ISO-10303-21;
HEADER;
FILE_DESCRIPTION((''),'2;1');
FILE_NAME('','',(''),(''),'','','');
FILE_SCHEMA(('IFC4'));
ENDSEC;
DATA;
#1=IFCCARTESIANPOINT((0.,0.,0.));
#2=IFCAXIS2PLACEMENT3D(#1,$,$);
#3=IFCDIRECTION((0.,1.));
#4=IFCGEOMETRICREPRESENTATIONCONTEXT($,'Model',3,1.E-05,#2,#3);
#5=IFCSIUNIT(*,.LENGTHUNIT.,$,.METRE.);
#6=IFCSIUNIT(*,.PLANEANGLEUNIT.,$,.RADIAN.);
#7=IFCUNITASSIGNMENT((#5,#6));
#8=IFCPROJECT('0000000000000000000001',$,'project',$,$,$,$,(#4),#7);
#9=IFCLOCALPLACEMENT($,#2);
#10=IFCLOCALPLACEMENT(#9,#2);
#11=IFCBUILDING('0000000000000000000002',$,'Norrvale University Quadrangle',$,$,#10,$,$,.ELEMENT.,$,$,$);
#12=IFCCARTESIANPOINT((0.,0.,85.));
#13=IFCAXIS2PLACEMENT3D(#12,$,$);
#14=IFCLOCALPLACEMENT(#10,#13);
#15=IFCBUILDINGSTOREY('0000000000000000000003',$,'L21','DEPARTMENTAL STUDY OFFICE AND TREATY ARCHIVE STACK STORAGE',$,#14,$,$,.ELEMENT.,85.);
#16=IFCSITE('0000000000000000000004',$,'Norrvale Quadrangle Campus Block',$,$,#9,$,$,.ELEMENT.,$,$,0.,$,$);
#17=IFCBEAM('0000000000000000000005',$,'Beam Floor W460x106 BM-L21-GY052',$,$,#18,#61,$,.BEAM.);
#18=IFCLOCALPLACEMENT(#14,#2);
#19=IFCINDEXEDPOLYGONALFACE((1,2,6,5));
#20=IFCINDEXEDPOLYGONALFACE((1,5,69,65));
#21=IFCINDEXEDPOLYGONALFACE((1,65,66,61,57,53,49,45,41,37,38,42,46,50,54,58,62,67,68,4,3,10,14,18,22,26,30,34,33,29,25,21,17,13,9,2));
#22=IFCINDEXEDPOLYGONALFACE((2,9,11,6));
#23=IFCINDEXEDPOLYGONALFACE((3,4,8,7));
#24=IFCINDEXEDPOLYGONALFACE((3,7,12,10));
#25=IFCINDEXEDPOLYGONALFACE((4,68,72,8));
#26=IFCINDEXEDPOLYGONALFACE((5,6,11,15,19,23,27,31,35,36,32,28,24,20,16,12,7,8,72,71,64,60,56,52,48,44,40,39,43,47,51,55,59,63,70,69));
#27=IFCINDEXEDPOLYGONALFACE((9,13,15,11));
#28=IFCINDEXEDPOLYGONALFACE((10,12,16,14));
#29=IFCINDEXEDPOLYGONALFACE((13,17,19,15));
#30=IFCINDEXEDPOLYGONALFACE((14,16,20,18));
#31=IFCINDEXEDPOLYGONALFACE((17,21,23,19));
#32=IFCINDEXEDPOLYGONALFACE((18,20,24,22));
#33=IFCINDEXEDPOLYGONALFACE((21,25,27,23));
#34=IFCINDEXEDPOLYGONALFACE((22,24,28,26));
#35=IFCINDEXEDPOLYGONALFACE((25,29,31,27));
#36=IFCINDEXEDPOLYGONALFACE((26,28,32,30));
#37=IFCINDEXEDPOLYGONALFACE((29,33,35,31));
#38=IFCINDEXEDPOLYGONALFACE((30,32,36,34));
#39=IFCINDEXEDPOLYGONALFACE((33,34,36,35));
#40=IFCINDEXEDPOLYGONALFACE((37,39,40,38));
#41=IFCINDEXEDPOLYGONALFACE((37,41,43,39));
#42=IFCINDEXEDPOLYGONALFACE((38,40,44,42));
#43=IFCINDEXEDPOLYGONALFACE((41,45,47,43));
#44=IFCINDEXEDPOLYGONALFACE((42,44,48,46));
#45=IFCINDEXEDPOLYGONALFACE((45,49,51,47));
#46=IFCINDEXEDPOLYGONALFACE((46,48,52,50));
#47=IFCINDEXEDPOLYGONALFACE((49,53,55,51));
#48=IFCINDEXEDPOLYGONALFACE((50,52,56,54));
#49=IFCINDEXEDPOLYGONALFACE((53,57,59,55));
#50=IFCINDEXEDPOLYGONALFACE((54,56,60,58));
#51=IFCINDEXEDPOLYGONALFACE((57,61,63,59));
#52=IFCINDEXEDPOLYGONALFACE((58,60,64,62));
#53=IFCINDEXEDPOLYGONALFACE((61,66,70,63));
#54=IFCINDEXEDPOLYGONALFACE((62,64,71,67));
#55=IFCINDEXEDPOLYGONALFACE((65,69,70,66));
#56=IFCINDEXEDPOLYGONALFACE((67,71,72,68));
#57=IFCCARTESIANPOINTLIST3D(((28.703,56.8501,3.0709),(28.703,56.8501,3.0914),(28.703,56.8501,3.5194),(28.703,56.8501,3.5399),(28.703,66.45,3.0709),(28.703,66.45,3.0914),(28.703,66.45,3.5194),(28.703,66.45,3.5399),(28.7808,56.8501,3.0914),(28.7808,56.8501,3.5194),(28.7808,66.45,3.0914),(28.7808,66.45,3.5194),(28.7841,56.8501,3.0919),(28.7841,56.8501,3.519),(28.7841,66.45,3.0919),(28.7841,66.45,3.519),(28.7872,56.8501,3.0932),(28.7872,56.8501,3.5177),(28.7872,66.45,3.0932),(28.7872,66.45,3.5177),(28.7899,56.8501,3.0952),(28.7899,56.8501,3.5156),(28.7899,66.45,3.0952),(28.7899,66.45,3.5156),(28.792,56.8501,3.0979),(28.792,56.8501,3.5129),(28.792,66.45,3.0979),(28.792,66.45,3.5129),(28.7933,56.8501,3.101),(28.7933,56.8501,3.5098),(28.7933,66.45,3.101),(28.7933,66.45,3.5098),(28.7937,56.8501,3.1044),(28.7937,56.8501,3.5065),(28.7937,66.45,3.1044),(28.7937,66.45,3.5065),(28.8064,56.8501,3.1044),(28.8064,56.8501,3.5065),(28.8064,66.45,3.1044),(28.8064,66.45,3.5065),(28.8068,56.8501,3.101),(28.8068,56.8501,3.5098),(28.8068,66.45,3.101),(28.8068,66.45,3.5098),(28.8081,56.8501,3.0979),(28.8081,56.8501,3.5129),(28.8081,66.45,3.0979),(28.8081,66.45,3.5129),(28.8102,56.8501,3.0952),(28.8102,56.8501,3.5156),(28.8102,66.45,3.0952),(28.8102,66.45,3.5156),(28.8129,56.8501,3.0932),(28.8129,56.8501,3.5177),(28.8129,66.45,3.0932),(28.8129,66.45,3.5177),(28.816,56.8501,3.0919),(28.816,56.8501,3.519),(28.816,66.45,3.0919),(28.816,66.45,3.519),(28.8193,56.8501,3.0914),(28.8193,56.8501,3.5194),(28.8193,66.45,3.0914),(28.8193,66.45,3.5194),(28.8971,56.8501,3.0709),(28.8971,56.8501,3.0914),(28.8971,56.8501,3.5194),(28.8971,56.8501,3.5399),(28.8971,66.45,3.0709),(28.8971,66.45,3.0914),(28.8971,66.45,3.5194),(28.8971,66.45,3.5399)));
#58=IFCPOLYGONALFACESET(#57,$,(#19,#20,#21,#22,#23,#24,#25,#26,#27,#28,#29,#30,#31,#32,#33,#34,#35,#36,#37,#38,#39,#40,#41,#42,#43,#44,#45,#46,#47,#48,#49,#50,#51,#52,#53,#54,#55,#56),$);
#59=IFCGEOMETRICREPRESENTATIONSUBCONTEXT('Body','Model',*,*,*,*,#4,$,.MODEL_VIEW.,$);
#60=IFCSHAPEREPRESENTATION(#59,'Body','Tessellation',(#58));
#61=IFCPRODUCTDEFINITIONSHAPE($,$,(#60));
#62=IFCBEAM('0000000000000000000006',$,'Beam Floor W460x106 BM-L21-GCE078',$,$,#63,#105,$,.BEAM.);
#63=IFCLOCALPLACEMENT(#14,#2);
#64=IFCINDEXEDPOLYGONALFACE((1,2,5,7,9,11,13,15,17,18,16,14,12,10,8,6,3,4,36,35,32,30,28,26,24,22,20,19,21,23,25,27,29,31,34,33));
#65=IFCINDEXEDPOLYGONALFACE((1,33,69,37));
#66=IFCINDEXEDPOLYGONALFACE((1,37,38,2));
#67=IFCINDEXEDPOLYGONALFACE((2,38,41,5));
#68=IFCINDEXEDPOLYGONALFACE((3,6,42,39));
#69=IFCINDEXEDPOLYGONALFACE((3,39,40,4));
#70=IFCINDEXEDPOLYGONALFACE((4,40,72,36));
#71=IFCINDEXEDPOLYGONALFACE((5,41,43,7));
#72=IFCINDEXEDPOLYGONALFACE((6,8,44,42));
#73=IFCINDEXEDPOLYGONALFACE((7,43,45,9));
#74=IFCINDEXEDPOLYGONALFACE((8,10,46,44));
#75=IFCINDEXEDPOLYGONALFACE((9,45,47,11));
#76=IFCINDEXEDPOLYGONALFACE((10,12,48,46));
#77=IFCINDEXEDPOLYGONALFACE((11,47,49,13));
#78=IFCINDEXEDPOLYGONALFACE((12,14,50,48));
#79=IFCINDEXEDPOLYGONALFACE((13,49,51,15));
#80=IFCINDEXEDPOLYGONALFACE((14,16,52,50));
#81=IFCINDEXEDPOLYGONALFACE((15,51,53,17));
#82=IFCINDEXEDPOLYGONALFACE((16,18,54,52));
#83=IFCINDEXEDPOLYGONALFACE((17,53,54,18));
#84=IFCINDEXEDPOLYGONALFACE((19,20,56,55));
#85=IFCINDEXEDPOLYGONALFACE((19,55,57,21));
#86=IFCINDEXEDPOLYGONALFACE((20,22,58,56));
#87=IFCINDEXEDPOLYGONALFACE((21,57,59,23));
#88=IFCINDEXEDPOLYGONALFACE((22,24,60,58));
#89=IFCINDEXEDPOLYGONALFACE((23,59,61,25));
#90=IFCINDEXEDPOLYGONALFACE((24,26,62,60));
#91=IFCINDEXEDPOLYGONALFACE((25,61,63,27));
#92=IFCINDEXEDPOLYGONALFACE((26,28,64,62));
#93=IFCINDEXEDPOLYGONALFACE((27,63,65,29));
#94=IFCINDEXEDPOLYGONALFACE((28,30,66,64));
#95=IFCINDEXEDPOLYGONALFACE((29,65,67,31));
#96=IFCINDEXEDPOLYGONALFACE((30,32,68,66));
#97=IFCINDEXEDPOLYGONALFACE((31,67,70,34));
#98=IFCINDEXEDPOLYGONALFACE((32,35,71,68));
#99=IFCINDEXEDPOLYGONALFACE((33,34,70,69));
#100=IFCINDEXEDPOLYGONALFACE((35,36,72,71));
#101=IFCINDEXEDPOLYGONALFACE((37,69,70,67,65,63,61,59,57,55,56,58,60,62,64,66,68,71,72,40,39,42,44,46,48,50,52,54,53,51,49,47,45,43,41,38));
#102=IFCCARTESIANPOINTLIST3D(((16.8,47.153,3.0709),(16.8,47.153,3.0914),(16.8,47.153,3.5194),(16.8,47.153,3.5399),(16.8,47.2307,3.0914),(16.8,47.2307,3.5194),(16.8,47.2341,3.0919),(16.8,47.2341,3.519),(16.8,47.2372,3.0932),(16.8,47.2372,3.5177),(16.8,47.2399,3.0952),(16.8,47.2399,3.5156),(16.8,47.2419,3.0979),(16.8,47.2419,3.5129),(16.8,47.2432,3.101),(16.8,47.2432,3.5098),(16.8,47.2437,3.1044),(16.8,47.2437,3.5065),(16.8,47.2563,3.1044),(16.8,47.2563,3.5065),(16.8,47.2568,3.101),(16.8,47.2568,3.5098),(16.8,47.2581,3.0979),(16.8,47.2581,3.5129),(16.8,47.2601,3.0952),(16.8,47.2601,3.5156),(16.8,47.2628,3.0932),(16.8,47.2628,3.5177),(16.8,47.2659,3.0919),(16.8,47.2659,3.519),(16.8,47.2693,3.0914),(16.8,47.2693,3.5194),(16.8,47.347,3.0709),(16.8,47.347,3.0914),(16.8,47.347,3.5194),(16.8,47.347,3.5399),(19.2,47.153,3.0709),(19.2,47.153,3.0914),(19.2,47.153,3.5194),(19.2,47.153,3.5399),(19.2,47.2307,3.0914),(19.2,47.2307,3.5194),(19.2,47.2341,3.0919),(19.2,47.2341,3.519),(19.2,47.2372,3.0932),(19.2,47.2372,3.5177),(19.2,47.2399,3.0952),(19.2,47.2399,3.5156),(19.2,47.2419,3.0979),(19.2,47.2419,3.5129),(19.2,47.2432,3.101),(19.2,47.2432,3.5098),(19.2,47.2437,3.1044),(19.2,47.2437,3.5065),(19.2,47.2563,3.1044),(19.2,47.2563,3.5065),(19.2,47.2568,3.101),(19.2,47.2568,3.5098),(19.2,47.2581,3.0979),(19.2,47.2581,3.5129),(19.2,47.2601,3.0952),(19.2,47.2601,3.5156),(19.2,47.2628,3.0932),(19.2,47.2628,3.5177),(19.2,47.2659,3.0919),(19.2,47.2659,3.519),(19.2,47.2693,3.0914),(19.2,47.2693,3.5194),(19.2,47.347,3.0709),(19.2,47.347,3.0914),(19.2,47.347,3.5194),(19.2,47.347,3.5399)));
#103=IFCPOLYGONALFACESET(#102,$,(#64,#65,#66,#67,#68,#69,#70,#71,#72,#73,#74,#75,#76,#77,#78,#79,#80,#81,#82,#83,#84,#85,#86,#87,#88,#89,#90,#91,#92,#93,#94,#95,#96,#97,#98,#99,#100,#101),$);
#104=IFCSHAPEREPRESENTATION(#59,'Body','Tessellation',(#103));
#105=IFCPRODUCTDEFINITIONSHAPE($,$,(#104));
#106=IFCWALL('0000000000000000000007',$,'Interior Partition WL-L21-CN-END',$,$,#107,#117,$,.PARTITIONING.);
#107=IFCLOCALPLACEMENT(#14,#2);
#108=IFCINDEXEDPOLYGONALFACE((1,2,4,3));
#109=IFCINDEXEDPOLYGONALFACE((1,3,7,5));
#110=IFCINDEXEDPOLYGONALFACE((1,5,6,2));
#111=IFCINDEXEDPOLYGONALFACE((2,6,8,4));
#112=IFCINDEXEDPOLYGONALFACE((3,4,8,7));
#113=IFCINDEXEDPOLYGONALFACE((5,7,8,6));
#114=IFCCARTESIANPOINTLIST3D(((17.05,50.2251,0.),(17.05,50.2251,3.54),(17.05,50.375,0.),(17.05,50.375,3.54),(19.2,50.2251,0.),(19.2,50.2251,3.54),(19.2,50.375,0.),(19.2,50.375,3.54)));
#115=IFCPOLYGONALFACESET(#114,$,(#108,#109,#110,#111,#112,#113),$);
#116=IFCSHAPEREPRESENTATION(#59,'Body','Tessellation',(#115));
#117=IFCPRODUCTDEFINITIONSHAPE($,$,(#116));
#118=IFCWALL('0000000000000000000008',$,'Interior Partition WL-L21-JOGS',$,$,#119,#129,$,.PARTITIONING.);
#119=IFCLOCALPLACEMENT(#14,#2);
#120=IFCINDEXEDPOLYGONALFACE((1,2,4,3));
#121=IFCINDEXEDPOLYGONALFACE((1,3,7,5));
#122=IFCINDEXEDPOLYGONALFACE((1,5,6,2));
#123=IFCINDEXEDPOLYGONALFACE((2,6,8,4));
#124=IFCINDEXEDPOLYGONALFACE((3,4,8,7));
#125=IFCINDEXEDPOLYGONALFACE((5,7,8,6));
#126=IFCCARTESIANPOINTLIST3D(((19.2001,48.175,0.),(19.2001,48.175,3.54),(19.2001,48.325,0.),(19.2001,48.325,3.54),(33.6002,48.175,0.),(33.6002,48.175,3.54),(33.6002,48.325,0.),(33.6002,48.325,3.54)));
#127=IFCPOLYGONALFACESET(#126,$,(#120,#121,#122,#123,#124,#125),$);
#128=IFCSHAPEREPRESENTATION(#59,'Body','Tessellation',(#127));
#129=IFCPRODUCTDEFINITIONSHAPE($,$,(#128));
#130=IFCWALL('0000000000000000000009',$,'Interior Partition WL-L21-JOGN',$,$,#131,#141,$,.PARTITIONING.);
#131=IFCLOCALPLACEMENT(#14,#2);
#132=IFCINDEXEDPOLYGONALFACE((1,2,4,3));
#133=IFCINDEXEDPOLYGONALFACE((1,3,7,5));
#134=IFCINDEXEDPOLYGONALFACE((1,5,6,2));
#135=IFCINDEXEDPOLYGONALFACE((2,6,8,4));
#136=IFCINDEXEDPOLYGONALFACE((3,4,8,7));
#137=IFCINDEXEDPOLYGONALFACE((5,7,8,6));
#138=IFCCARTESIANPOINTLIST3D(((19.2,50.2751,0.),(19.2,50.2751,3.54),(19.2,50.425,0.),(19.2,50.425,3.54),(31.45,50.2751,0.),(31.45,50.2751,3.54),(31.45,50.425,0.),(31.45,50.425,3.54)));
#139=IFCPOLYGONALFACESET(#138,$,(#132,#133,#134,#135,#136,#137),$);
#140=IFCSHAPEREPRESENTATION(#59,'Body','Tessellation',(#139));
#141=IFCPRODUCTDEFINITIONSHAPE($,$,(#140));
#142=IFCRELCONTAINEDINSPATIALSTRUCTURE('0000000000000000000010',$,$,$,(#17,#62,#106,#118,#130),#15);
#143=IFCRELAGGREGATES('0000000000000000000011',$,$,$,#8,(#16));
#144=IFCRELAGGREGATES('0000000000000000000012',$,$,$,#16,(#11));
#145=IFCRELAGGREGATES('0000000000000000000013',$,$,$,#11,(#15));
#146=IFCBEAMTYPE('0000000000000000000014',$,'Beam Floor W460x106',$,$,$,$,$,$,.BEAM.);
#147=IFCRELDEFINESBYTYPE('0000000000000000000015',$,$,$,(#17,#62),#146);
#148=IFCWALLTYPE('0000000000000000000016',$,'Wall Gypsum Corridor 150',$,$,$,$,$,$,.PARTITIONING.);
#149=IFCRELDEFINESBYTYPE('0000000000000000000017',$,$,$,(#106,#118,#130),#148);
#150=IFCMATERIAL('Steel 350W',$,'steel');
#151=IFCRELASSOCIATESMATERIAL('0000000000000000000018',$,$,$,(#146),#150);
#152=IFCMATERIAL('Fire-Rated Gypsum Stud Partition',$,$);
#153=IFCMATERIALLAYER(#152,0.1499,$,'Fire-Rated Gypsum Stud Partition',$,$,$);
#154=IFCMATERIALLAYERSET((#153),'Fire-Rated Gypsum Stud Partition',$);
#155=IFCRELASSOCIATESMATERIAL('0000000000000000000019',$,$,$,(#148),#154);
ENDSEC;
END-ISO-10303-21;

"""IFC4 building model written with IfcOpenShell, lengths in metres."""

from ifc_helpers import new_model, si_unit, direction, frame, frame_2d, origin, origin_2d, place, context, subcontext, project, spatial, rectangle, i_section, extrude, material, layer, layer_set, material_profile, profile_set, type_object, element, save


model = new_model("IFC4")

# Units and contexts
model_context = context("Model", 3, precision=1e-05, world=origin(), true_north=direction((0.0, 1.0)))
body_context = subcontext(model_context, "Body", "Model", "MODEL_VIEW")
ifc_project = project(units=[si_unit("LENGTHUNIT", "METRE"), si_unit("PLANEANGLEUNIT", "RADIAN")], contexts=[model_context])

# Site, building, storey
site_placement = place(None, origin())
site = spatial("IfcSite", under=ifc_project, at=site_placement, Name="Norrvale Quadrangle Campus Block", CompositionType="ELEMENT", RefElevation=0.0)
building_placement = place(site_placement, origin())
building = spatial("IfcBuilding", under=site, at=building_placement, Name="Norrvale University Quadrangle", CompositionType="ELEMENT")
storey_placement = place(building_placement, frame((0.0, 0.0, 85.0)))
storey = spatial("IfcBuildingStorey", under=building, at=storey_placement, Name="L21", Description="DEPARTMENTAL STUDY OFFICE AND TREATY ARCHIVE STACK STORAGE", CompositionType="ELEMENT", Elevation=85.0)

# Beams
ifc_material_1 = material(Name="Steel 350W", Category="steel")
ifc_material_profile_1 = material_profile(ifc_material_1, i_section(OverallWidth=0.1941, OverallDepth=0.469, WebThickness=0.0127, FlangeThickness=0.0205, FilletRadius=0.0129, at=origin_2d()), Name="Steel 350W")
ifc_profile_set_1 = profile_set([ifc_material_profile_1], Name="Steel 350W")
beam_type_1 = type_object("IfcBeamType", Name="Beam Floor W460x106", PredefinedType="BEAM", material=ifc_profile_set_1)
beam_1_placement = place(storey_placement, frame((28.8, 56.8501, 3.3054), z_axis=(0.0, 1.0, 0.0), x_axis=(-1.0, 0.0, 0.0)))
element("IfcBeam", 1, at=beam_1_placement, inside=storey, type_object=beam_type_1, Name="Beam Floor W460x106 BM-L21-GY052", PredefinedType="BEAM", context=body_context, shape_type="SweptSolid", body=[
    extrude(i_section(OverallWidth=0.1941, OverallDepth=0.469, WebThickness=0.0127, FlangeThickness=0.0205, FilletRadius=0.0129, at=origin_2d()), origin(), (0.0, 0.0, 1.0), 9.5999),
])
beam_2_placement = place(storey_placement, frame((16.8, 47.25, 3.3054), z_axis=(1.0, 0.0, 0.0), x_axis=(0.0, 1.0, 0.0)))
element("IfcBeam", 2, at=beam_2_placement, inside=storey, type_object=beam_type_1, Name="Beam Floor W460x106 BM-L21-GCE078", PredefinedType="BEAM", context=body_context, shape_type="SweptSolid", body=[
    extrude(i_section(OverallWidth=0.1941, OverallDepth=0.469, WebThickness=0.0127, FlangeThickness=0.0205, FilletRadius=0.0129, at=origin_2d()), origin(), (0.0, 0.0, 1.0), 2.3999),
])

# Walls
ifc_material_2 = material(Name="Fire-Rated Gypsum Stud Partition")
ifc_layer = layer(ifc_material_2, 0.1499, Name="Fire-Rated Gypsum Stud Partition")
ifc_layer_set = layer_set([ifc_layer], Name="Fire-Rated Gypsum Stud Partition")
wall_type = type_object("IfcWallType", Name="Wall Gypsum Corridor 150", PredefinedType="PARTITIONING", material=ifc_layer_set)
wall_1_placement = place(storey_placement, frame((17.05, 50.3, 0.0), z_axis=(0.0, 0.0, 1.0), x_axis=(1.0, 0.0, 0.0)))
element("IfcWall", 3, at=wall_1_placement, inside=storey, type_object=wall_type, Name="Interior Partition WL-L21-CN-END", PredefinedType="PARTITIONING", context=body_context, shape_type="SweptSolid", body=[
    extrude(rectangle(XDim=2.1499, YDim=0.1499, at=frame_2d((1.075, 0.0))), origin(), (0.0, 0.0, 1.0), 3.54),
])
wall_2_placement = place(storey_placement, frame((19.2, 48.25, 0.0), z_axis=(0.0, 0.0, 1.0), x_axis=(1.0, 0.0, 0.0)))
element("IfcWall", 4, at=wall_2_placement, inside=storey, type_object=wall_type, Name="Interior Partition WL-L21-JOGS", PredefinedType="PARTITIONING", context=body_context, shape_type="SweptSolid", body=[
    extrude(rectangle(XDim=14.4001, YDim=0.1499, at=frame_2d((7.2002, 0.0))), origin(), (0.0, 0.0, 1.0), 3.54),
])
wall_3_placement = place(storey_placement, frame((19.2, 50.3501, 0.0), z_axis=(0.0, 0.0, 1.0), x_axis=(1.0, 0.0, 0.0)))
element("IfcWall", 5, at=wall_3_placement, inside=storey, type_object=wall_type, Name="Interior Partition WL-L21-JOGN", PredefinedType="PARTITIONING", context=body_context, shape_type="SweptSolid", body=[
    extrude(rectangle(XDim=12.25, YDim=0.1499, at=frame_2d((6.125, 0.0))), origin(), (0.0, 0.0, 1.0), 3.54),
])

save(model, "model.ifc")
